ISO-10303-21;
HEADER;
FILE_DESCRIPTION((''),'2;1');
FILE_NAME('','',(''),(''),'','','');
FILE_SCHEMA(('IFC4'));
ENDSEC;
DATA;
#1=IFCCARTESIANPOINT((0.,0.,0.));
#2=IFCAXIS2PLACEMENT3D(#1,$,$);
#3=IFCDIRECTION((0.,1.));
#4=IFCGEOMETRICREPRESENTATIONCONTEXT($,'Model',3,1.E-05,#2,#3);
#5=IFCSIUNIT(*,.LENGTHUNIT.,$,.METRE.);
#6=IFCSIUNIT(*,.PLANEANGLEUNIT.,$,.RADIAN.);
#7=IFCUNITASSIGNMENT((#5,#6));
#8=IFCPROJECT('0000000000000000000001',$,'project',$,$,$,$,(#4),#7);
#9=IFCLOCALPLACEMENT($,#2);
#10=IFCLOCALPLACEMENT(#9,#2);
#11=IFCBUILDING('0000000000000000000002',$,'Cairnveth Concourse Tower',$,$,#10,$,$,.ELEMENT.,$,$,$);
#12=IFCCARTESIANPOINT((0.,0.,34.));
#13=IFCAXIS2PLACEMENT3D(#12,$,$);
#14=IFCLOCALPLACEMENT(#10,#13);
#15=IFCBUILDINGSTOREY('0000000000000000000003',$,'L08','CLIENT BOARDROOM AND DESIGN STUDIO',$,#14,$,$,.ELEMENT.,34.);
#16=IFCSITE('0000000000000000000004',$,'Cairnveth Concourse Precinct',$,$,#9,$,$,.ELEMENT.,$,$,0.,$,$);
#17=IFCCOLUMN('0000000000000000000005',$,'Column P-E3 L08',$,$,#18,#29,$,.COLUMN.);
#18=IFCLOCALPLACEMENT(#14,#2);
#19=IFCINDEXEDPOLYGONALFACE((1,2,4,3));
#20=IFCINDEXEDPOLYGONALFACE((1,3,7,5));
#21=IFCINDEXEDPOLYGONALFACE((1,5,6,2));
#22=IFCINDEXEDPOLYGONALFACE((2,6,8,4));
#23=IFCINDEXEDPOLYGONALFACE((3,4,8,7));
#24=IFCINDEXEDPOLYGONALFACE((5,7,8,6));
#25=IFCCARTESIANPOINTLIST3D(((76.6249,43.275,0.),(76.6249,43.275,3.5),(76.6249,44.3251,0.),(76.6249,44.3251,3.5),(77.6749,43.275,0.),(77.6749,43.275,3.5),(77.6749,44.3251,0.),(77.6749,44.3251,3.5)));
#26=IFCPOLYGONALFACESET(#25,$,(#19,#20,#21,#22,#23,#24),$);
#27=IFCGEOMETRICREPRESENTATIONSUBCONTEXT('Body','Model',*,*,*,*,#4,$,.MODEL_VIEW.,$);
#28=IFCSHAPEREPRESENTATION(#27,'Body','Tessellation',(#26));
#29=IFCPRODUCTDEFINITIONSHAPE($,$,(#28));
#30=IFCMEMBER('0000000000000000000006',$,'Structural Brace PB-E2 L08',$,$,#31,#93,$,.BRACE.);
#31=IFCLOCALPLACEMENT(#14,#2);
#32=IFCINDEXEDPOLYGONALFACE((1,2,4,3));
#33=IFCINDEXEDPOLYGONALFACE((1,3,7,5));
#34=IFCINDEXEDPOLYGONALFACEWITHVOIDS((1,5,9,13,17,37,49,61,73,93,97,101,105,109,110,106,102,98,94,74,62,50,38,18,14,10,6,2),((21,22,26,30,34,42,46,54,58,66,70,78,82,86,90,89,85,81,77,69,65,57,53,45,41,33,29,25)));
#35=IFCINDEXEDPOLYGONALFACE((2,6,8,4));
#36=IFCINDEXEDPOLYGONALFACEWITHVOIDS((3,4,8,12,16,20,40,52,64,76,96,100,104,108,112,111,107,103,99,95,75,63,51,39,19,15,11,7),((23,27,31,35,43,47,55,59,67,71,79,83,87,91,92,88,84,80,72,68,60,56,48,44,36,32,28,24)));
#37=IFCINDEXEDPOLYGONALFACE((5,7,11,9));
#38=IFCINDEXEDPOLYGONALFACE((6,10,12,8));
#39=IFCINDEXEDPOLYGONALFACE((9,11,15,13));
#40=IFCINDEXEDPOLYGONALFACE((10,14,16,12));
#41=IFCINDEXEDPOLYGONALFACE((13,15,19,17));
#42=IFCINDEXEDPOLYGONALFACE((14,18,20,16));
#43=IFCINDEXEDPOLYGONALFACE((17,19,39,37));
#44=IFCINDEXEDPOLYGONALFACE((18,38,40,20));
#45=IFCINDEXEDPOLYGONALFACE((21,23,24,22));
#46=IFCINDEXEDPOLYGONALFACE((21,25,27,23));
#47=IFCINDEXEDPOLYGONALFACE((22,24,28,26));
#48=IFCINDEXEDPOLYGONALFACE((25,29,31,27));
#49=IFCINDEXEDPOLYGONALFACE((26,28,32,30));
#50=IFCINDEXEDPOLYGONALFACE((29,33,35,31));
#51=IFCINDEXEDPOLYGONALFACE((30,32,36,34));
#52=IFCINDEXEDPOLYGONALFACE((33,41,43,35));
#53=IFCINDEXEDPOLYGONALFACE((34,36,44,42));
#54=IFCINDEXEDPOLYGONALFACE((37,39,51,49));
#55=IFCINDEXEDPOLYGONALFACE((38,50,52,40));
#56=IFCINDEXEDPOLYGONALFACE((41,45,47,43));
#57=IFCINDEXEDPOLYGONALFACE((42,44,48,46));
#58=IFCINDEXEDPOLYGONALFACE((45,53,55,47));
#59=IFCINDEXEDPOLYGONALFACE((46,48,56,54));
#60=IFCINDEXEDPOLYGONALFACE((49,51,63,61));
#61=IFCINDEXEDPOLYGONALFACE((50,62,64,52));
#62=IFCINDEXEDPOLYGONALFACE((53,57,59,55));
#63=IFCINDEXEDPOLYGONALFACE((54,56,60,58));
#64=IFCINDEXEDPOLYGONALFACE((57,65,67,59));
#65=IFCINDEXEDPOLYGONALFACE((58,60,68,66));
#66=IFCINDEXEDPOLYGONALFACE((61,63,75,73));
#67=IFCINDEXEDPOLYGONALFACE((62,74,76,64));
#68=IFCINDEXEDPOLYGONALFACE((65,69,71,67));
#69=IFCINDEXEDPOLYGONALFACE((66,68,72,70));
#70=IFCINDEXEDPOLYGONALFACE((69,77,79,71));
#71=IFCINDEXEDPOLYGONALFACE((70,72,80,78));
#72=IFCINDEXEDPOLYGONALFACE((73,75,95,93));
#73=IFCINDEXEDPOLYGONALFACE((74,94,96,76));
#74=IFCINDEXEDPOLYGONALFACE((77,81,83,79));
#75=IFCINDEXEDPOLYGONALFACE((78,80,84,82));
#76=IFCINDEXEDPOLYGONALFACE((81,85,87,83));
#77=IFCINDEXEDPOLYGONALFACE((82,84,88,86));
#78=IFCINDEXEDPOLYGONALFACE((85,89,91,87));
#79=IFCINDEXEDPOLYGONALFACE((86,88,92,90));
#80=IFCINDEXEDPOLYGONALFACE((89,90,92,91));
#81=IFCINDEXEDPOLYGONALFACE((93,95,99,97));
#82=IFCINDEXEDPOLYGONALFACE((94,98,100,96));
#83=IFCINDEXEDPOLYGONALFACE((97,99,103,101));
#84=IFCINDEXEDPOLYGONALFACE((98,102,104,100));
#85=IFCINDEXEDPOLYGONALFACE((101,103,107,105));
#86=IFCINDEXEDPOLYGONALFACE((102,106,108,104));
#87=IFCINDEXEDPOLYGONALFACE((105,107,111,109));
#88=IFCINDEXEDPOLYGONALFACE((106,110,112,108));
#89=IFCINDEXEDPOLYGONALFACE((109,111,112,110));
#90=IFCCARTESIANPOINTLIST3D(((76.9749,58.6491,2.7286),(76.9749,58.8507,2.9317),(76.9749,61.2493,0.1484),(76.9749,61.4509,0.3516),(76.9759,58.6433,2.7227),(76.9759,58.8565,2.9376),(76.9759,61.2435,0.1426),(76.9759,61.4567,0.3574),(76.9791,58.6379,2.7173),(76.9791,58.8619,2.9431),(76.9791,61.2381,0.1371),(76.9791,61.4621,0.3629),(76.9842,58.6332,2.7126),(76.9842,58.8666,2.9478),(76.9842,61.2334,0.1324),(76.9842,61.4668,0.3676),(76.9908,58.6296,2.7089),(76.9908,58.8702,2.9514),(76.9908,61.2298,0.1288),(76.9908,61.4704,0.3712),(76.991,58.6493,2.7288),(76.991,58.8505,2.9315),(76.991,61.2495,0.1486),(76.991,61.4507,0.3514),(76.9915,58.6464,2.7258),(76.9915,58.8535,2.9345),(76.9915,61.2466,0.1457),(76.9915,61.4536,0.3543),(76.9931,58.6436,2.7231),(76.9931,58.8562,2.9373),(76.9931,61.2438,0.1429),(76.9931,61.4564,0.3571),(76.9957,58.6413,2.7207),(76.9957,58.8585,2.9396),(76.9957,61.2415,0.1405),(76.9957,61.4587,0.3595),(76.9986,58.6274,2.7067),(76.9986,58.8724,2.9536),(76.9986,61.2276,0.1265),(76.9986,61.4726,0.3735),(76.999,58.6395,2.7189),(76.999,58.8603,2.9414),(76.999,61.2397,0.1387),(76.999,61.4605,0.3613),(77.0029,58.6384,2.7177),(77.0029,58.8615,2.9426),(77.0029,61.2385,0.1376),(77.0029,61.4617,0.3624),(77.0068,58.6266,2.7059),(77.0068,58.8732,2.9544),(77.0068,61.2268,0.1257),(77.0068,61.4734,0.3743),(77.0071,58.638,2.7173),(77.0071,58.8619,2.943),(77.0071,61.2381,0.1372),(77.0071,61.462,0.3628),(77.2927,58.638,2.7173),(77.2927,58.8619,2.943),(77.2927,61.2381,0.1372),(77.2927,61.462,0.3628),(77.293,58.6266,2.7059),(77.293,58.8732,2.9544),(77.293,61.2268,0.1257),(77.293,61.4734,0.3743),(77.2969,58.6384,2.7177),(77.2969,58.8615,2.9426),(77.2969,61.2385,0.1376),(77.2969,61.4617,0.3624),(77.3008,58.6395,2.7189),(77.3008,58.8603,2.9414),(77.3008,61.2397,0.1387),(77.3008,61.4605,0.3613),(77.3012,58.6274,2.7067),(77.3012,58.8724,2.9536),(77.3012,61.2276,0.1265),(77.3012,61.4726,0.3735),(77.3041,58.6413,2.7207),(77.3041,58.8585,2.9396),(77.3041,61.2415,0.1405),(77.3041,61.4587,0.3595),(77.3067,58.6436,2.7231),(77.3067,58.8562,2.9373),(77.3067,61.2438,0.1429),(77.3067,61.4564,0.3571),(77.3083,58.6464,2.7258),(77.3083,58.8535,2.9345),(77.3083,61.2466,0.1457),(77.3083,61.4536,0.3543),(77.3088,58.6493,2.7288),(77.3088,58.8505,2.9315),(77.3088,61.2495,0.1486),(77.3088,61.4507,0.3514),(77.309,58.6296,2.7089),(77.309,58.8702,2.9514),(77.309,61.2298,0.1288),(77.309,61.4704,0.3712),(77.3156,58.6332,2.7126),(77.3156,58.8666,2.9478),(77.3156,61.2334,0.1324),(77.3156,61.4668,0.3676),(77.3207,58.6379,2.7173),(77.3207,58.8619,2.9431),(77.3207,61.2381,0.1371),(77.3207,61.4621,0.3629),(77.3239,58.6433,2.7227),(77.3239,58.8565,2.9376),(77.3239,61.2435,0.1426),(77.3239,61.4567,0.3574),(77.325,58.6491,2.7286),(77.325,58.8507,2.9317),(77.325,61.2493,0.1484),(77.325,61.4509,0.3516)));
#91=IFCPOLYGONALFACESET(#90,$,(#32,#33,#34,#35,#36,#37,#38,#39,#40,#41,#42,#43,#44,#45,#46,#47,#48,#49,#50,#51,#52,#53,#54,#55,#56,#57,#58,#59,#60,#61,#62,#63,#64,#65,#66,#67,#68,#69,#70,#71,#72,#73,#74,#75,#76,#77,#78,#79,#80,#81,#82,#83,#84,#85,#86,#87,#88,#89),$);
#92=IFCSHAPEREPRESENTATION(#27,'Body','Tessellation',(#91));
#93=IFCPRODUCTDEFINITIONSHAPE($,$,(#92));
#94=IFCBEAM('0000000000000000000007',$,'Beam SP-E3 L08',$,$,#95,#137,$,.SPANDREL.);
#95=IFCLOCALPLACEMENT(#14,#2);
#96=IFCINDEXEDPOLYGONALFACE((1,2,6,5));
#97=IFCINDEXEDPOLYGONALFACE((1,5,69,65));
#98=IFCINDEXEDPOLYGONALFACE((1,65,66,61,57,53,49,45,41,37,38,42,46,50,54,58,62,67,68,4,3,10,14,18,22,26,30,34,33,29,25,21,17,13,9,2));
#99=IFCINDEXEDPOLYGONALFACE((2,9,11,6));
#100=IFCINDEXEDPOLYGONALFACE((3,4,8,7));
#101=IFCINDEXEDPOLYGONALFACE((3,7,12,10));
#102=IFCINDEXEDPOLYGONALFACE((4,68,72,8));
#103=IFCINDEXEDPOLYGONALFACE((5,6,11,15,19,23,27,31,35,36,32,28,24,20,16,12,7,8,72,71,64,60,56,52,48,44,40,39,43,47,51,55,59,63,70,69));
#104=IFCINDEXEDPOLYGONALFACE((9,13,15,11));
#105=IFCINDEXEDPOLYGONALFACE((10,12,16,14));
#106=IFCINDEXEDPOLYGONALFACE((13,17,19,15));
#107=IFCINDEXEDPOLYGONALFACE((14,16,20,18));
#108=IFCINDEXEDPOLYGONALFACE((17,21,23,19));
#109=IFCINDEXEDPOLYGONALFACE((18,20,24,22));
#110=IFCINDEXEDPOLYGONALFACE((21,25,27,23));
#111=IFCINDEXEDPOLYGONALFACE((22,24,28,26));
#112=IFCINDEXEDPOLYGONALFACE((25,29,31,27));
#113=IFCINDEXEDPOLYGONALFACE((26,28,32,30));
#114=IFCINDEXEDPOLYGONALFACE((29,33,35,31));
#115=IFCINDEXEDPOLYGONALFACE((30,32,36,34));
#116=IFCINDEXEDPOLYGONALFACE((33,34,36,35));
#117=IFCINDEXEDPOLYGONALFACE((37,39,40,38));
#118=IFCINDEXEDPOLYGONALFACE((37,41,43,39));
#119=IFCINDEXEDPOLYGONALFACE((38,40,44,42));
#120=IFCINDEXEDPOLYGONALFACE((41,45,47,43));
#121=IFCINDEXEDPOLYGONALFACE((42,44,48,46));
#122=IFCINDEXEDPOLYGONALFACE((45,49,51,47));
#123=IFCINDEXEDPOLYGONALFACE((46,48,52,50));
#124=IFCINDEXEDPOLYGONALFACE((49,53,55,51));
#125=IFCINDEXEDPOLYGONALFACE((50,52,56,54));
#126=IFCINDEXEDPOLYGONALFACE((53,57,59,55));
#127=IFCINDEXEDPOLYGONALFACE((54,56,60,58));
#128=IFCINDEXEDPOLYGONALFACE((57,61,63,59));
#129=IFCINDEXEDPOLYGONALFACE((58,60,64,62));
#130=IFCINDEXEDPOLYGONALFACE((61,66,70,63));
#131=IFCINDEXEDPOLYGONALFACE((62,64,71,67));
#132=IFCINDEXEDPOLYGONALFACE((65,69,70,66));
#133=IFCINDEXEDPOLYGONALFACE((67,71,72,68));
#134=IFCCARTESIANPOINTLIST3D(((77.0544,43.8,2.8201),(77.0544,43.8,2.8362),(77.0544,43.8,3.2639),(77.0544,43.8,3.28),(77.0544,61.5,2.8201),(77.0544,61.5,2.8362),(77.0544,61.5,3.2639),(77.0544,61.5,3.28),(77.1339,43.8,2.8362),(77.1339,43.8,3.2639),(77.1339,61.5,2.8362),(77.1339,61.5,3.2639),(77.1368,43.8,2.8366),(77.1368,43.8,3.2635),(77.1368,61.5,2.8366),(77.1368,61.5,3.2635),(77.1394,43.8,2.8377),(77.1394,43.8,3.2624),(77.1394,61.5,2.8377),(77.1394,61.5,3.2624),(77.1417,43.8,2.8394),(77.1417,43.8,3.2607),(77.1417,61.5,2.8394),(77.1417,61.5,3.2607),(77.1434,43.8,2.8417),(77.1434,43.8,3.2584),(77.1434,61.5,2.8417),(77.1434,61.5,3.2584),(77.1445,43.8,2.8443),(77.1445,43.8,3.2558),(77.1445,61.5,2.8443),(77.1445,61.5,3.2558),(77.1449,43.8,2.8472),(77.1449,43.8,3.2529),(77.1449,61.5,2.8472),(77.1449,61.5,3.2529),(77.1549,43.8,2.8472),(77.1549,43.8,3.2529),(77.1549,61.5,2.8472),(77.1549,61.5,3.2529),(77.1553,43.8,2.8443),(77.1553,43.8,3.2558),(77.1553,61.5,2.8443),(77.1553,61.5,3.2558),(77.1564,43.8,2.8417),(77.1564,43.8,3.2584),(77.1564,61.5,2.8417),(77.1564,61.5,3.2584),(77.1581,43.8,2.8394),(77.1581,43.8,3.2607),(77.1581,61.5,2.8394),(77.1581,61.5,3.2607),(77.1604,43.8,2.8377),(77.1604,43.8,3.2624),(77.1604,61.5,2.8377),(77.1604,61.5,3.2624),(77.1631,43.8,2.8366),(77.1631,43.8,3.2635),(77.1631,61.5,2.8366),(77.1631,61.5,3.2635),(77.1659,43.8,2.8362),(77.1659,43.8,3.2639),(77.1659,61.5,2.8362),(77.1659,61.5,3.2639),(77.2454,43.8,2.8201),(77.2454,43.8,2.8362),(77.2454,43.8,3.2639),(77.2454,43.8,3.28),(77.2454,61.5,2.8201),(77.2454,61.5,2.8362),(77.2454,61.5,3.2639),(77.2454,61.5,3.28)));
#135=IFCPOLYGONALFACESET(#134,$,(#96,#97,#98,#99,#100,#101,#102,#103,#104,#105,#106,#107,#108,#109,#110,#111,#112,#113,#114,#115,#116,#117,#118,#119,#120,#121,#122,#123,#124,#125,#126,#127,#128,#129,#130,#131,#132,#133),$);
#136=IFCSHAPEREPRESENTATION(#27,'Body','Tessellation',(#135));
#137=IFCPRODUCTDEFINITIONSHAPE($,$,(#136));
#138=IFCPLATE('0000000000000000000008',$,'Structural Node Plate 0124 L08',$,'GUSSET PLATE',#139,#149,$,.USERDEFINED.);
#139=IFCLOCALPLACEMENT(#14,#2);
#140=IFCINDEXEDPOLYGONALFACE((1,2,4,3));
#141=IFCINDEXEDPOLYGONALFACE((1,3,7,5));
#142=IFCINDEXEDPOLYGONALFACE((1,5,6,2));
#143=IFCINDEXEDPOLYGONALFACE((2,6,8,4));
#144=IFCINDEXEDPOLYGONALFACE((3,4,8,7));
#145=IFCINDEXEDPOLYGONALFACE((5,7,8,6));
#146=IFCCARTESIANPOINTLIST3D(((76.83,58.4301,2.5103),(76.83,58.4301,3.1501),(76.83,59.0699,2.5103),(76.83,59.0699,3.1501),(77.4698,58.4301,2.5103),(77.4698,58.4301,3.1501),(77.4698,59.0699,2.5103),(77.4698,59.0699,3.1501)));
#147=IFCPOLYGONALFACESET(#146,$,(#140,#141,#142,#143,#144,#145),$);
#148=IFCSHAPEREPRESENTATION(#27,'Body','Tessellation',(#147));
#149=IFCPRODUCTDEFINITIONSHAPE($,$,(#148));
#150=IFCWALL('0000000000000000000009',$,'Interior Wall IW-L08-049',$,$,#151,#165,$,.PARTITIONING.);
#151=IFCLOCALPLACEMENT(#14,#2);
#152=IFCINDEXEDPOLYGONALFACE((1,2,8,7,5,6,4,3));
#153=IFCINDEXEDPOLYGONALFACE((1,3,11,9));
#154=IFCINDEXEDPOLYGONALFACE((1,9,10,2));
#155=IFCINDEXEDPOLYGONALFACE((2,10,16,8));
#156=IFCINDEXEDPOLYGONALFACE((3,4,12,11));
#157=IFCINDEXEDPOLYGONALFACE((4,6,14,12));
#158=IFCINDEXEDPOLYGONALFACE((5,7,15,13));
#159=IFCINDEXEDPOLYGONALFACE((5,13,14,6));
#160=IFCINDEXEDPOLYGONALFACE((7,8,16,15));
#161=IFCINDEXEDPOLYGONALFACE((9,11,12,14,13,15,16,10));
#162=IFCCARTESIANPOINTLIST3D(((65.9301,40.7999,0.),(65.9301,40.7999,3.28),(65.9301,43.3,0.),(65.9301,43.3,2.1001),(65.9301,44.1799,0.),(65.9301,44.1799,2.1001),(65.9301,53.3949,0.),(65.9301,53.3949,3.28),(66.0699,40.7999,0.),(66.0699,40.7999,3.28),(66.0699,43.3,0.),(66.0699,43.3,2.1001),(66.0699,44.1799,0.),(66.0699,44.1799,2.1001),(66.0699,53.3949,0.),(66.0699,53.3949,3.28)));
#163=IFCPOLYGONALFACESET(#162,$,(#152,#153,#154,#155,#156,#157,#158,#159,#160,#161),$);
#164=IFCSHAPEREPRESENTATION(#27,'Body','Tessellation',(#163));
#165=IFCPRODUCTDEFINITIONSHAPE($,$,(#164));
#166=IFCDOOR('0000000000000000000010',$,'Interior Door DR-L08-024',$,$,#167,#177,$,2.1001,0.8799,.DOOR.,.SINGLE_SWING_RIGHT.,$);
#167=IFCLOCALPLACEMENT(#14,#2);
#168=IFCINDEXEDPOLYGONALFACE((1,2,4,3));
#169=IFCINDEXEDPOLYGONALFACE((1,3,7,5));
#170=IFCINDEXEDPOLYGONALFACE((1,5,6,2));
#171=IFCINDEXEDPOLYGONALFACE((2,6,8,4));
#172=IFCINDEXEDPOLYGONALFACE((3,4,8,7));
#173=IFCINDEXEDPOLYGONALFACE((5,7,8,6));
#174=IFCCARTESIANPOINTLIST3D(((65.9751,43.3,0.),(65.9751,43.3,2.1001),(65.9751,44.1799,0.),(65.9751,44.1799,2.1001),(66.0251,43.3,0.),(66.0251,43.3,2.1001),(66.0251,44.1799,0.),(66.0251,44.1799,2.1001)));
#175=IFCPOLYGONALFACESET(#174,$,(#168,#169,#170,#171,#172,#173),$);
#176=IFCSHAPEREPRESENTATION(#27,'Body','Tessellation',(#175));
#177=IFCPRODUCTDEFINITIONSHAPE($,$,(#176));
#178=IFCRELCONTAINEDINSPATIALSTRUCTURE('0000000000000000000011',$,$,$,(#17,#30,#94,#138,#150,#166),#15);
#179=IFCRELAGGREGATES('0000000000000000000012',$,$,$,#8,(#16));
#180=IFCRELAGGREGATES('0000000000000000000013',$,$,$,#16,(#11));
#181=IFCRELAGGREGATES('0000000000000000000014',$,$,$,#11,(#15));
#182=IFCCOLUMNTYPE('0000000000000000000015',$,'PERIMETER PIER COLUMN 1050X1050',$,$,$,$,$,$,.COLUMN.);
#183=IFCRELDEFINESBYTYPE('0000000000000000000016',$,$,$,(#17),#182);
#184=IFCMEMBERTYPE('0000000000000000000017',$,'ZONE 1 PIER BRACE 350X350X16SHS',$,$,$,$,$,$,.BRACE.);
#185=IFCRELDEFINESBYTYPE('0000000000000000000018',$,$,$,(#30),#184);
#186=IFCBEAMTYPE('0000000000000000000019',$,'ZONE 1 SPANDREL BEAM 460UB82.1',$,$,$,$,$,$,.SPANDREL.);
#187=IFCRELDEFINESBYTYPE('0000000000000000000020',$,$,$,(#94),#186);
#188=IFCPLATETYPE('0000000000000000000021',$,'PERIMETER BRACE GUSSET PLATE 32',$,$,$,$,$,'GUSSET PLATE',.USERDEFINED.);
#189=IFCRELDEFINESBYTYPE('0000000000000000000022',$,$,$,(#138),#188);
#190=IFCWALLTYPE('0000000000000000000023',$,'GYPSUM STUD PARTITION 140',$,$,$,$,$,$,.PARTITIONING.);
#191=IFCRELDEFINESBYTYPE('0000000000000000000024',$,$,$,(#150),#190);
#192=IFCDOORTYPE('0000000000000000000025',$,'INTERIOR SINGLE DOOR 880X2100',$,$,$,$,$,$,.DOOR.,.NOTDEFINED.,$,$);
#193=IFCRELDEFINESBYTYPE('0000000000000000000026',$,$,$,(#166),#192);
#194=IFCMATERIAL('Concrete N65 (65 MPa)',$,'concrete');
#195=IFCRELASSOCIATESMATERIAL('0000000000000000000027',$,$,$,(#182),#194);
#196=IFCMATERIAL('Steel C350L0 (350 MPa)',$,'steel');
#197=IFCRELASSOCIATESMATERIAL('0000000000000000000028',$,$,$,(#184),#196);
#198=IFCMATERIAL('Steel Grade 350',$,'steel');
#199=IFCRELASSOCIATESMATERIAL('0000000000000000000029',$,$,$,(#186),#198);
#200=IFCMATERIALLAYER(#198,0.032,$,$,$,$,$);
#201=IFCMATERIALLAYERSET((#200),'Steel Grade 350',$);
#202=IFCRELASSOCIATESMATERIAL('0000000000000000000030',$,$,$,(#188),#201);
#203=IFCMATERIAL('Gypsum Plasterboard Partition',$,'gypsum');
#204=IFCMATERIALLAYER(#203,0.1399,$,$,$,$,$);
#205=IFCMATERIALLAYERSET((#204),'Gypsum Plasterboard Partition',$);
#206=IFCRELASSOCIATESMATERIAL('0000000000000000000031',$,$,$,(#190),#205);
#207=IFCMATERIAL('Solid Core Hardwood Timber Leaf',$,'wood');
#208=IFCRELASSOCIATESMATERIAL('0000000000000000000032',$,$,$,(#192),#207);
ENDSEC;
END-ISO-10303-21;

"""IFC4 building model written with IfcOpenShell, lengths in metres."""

from ifc_helpers import new_model, si_unit, direction, frame, frame_2d, origin, origin_2d, place, context, subcontext, project, spatial, rectangle, hollow_rectangle, i_section, extrude, material, layer, layer_set, material_profile, profile_set, type_object, element, fill, save


model = new_model("IFC4")

# Units and contexts
model_context = context("Model", 3, precision=1e-05, world=origin(), true_north=direction((0.0, 1.0)))
body_context = subcontext(model_context, "Body", "Model", "MODEL_VIEW")
ifc_project = project(units=[si_unit("LENGTHUNIT", "METRE"), si_unit("PLANEANGLEUNIT", "RADIAN")], contexts=[model_context])

# Site, building, storey
site_placement = place(None, origin())
site = spatial("IfcSite", under=ifc_project, at=site_placement, Name="Cairnveth Concourse Precinct", CompositionType="ELEMENT", RefElevation=0.0)
building_placement = place(site_placement, origin())
building = spatial("IfcBuilding", under=site, at=building_placement, Name="Cairnveth Concourse Tower", CompositionType="ELEMENT")
storey_placement = place(building_placement, frame((0.0, 0.0, 34.0)))
storey = spatial("IfcBuildingStorey", under=building, at=storey_placement, Name="L08", Description="CLIENT BOARDROOM AND DESIGN STUDIO", CompositionType="ELEMENT", Elevation=34.0)

# Column
ifc_material_1 = material(Name="Concrete N65 (65 MPa)", Category="concrete")
ifc_material_profile_1 = material_profile(ifc_material_1, rectangle(XDim=1.05, YDim=1.05, at=origin_2d()), Name="RC-COL-1050x1050")
ifc_profile_set_1 = profile_set([ifc_material_profile_1], Name="Concrete N65 (65 MPa)")
column_type = type_object("IfcColumnType", Name="PERIMETER PIER COLUMN 1050X1050", PredefinedType="COLUMN", material=ifc_profile_set_1)
column_placement = place(storey_placement, frame((77.1499, 43.8, 0.0), z_axis=(0.0, 0.0, 1.0), x_axis=(0.0, 1.0, 0.0)))
element("IfcColumn", 1, at=column_placement, inside=storey, type_object=column_type, Name="Column P-E3 L08", PredefinedType="COLUMN", context=body_context, shape_type="SweptSolid", body=[
    extrude(rectangle(XDim=1.05, YDim=1.05, at=origin_2d()), origin(), (0.0, 0.0, 1.0), 3.5),
])

# Member
ifc_material_2 = material(Name="Steel C350L0 (350 MPa)", Category="steel")
ifc_material_profile_2 = material_profile(ifc_material_2, hollow_rectangle(XDim=0.3501, YDim=0.3501, WallThickness=0.0161, InnerFilletRadius=0.0161, OuterFilletRadius=0.032, at=origin_2d()), Name="350x350x16.0SHS")
ifc_profile_set_2 = profile_set([ifc_material_profile_2], Name="Steel C350L0 (350 MPa)")
member_type = type_object("IfcMemberType", Name="ZONE 1 PIER BRACE 350X350X16SHS", PredefinedType="BRACE", material=ifc_profile_set_2)
member_placement = place(storey_placement, frame((77.1499, 61.3501, 0.25), z_axis=(0.0, -0.709834, 0.704369), x_axis=(1.0, 0.0, 0.0)))
element("IfcMember", 2, at=member_placement, inside=storey, type_object=member_type, Name="Structural Brace PB-E2 L08", PredefinedType="BRACE", context=body_context, shape_type="SweptSolid", body=[
    extrude(hollow_rectangle(XDim=0.3501, YDim=0.3501, WallThickness=0.0161, InnerFilletRadius=0.0161, OuterFilletRadius=0.032, at=origin_2d()), origin(), (0.0, 0.0, 1.0), 3.6631),
])

# Beam
ifc_material_3 = material(Name="Steel Grade 350", Category="steel")
ifc_material_profile_3 = material_profile(ifc_material_3, i_section(OverallWidth=0.1909, OverallDepth=0.46, WebThickness=0.01, FlangeThickness=0.0161, FilletRadius=0.011, at=origin_2d()), Name="460UB82.1")
ifc_profile_set_3 = profile_set([ifc_material_profile_3], Name="Steel Grade 350")
beam_type = type_object("IfcBeamType", Name="ZONE 1 SPANDREL BEAM 460UB82.1", PredefinedType="SPANDREL", material=ifc_profile_set_3)
beam_placement = place(storey_placement, frame((77.1499, 43.8, 3.05), z_axis=(0.0, 1.0, 0.0), x_axis=(-1.0, 0.0, 0.0)))
element("IfcBeam", 3, at=beam_placement, inside=storey, type_object=beam_type, Name="Beam SP-E3 L08", PredefinedType="SPANDREL", context=body_context, shape_type="SweptSolid", body=[
    extrude(i_section(OverallWidth=0.1909, OverallDepth=0.46, WebThickness=0.01, FlangeThickness=0.0161, FilletRadius=0.011, at=origin_2d()), origin(), (0.0, 0.0, 1.0), 17.7),
])

# Plate
ifc_layer_1 = layer(ifc_material_3, 0.032)
ifc_layer_set_1 = layer_set([ifc_layer_1], Name="Steel Grade 350")
plate_type = type_object("IfcPlateType", Name="PERIMETER BRACE GUSSET PLATE 32", ElementType="GUSSET PLATE", PredefinedType="USERDEFINED", material=ifc_layer_set_1)
plate_placement = place(storey_placement, frame((77.1499, 58.75, 2.5103), z_axis=(0.0, 0.0, 1.0), x_axis=(1.0, 0.0, 0.0)))
element("IfcPlate", 4, at=plate_placement, inside=storey, type_object=plate_type, Name="Structural Node Plate 0124 L08", ObjectType="GUSSET PLATE", PredefinedType="USERDEFINED", context=body_context, shape_type="SweptSolid", body=[
    extrude(rectangle(XDim=0.6399, YDim=0.6399, at=origin_2d()), origin(), (0.0, 0.0, 1.0), 0.6399),
])

# Wall, opening, door
ifc_material_4 = material(Name="Gypsum Plasterboard Partition", Category="gypsum")
ifc_layer_2 = layer(ifc_material_4, 0.1399)
ifc_layer_set_2 = layer_set([ifc_layer_2], Name="Gypsum Plasterboard Partition")
wall_type_1 = type_object("IfcWallType", Name="GYPSUM STUD PARTITION 140", PredefinedType="PARTITIONING", material=ifc_layer_set_2)
wall_1_placement = place(storey_placement, frame((66.0, 40.8, 0.0), z_axis=(0.0, 0.0, 1.0), x_axis=(0.0, 1.0, 0.0)))
wall_1 = element("IfcWall", 5, at=wall_1_placement, inside=storey, type_object=wall_type_1, Name="Interior Wall IW-L08-049", PredefinedType="PARTITIONING", context=body_context, shape_type="SweptSolid", body=[
    extrude(rectangle(XDim=12.595, YDim=0.1399, at=frame_2d((6.2974, 0.0))), origin(), (0.0, 0.0, 1.0), 3.28),
])
opening_placement = place(wall_1_placement, frame((2.5, 0.0, 0.0)))
opening = element("IfcOpeningElement", 6, at=opening_placement, cuts=wall_1, PredefinedType="OPENING", context=body_context, shape_type="SweptSolid", body=[
    extrude(rectangle(XDim=0.8799, YDim=2.1001, at=frame_2d((0.4399, 1.05))), frame((0.0, 0.0798, 0.0), z_axis=(0.0, -1.0, 0.0), x_axis=(1.0, 0.0, 0.0)), (0.0, 0.0, 1.0), 0.1599),
])
ifc_material_5 = material(Name="Solid Core Hardwood Timber Leaf", Category="wood")
door_type = type_object("IfcDoorType", Name="INTERIOR SINGLE DOOR 880X2100", OperationType="NOTDEFINED", PredefinedType="DOOR", material=ifc_material_5)
door_placement = place(opening_placement, origin())
door = element("IfcDoor", 7, at=door_placement, inside=storey, type_object=door_type, Name="Interior Door DR-L08-024", OperationType="SINGLE_SWING_RIGHT", OverallHeight=2.1001, OverallWidth=0.8799, PredefinedType="DOOR", context=body_context, shape_type="SweptSolid", body=[
    extrude(rectangle(XDim=0.8799, YDim=2.1001, at=frame_2d((0.4399, 1.05))), frame((0.0, 0.0249, 0.0), z_axis=(0.0, -1.0, 0.0), x_axis=(1.0, 0.0, 0.0)), (0.0, 0.0, 1.0), 0.05),
])
fill(opening, door)

save(model, "model.ifc")
